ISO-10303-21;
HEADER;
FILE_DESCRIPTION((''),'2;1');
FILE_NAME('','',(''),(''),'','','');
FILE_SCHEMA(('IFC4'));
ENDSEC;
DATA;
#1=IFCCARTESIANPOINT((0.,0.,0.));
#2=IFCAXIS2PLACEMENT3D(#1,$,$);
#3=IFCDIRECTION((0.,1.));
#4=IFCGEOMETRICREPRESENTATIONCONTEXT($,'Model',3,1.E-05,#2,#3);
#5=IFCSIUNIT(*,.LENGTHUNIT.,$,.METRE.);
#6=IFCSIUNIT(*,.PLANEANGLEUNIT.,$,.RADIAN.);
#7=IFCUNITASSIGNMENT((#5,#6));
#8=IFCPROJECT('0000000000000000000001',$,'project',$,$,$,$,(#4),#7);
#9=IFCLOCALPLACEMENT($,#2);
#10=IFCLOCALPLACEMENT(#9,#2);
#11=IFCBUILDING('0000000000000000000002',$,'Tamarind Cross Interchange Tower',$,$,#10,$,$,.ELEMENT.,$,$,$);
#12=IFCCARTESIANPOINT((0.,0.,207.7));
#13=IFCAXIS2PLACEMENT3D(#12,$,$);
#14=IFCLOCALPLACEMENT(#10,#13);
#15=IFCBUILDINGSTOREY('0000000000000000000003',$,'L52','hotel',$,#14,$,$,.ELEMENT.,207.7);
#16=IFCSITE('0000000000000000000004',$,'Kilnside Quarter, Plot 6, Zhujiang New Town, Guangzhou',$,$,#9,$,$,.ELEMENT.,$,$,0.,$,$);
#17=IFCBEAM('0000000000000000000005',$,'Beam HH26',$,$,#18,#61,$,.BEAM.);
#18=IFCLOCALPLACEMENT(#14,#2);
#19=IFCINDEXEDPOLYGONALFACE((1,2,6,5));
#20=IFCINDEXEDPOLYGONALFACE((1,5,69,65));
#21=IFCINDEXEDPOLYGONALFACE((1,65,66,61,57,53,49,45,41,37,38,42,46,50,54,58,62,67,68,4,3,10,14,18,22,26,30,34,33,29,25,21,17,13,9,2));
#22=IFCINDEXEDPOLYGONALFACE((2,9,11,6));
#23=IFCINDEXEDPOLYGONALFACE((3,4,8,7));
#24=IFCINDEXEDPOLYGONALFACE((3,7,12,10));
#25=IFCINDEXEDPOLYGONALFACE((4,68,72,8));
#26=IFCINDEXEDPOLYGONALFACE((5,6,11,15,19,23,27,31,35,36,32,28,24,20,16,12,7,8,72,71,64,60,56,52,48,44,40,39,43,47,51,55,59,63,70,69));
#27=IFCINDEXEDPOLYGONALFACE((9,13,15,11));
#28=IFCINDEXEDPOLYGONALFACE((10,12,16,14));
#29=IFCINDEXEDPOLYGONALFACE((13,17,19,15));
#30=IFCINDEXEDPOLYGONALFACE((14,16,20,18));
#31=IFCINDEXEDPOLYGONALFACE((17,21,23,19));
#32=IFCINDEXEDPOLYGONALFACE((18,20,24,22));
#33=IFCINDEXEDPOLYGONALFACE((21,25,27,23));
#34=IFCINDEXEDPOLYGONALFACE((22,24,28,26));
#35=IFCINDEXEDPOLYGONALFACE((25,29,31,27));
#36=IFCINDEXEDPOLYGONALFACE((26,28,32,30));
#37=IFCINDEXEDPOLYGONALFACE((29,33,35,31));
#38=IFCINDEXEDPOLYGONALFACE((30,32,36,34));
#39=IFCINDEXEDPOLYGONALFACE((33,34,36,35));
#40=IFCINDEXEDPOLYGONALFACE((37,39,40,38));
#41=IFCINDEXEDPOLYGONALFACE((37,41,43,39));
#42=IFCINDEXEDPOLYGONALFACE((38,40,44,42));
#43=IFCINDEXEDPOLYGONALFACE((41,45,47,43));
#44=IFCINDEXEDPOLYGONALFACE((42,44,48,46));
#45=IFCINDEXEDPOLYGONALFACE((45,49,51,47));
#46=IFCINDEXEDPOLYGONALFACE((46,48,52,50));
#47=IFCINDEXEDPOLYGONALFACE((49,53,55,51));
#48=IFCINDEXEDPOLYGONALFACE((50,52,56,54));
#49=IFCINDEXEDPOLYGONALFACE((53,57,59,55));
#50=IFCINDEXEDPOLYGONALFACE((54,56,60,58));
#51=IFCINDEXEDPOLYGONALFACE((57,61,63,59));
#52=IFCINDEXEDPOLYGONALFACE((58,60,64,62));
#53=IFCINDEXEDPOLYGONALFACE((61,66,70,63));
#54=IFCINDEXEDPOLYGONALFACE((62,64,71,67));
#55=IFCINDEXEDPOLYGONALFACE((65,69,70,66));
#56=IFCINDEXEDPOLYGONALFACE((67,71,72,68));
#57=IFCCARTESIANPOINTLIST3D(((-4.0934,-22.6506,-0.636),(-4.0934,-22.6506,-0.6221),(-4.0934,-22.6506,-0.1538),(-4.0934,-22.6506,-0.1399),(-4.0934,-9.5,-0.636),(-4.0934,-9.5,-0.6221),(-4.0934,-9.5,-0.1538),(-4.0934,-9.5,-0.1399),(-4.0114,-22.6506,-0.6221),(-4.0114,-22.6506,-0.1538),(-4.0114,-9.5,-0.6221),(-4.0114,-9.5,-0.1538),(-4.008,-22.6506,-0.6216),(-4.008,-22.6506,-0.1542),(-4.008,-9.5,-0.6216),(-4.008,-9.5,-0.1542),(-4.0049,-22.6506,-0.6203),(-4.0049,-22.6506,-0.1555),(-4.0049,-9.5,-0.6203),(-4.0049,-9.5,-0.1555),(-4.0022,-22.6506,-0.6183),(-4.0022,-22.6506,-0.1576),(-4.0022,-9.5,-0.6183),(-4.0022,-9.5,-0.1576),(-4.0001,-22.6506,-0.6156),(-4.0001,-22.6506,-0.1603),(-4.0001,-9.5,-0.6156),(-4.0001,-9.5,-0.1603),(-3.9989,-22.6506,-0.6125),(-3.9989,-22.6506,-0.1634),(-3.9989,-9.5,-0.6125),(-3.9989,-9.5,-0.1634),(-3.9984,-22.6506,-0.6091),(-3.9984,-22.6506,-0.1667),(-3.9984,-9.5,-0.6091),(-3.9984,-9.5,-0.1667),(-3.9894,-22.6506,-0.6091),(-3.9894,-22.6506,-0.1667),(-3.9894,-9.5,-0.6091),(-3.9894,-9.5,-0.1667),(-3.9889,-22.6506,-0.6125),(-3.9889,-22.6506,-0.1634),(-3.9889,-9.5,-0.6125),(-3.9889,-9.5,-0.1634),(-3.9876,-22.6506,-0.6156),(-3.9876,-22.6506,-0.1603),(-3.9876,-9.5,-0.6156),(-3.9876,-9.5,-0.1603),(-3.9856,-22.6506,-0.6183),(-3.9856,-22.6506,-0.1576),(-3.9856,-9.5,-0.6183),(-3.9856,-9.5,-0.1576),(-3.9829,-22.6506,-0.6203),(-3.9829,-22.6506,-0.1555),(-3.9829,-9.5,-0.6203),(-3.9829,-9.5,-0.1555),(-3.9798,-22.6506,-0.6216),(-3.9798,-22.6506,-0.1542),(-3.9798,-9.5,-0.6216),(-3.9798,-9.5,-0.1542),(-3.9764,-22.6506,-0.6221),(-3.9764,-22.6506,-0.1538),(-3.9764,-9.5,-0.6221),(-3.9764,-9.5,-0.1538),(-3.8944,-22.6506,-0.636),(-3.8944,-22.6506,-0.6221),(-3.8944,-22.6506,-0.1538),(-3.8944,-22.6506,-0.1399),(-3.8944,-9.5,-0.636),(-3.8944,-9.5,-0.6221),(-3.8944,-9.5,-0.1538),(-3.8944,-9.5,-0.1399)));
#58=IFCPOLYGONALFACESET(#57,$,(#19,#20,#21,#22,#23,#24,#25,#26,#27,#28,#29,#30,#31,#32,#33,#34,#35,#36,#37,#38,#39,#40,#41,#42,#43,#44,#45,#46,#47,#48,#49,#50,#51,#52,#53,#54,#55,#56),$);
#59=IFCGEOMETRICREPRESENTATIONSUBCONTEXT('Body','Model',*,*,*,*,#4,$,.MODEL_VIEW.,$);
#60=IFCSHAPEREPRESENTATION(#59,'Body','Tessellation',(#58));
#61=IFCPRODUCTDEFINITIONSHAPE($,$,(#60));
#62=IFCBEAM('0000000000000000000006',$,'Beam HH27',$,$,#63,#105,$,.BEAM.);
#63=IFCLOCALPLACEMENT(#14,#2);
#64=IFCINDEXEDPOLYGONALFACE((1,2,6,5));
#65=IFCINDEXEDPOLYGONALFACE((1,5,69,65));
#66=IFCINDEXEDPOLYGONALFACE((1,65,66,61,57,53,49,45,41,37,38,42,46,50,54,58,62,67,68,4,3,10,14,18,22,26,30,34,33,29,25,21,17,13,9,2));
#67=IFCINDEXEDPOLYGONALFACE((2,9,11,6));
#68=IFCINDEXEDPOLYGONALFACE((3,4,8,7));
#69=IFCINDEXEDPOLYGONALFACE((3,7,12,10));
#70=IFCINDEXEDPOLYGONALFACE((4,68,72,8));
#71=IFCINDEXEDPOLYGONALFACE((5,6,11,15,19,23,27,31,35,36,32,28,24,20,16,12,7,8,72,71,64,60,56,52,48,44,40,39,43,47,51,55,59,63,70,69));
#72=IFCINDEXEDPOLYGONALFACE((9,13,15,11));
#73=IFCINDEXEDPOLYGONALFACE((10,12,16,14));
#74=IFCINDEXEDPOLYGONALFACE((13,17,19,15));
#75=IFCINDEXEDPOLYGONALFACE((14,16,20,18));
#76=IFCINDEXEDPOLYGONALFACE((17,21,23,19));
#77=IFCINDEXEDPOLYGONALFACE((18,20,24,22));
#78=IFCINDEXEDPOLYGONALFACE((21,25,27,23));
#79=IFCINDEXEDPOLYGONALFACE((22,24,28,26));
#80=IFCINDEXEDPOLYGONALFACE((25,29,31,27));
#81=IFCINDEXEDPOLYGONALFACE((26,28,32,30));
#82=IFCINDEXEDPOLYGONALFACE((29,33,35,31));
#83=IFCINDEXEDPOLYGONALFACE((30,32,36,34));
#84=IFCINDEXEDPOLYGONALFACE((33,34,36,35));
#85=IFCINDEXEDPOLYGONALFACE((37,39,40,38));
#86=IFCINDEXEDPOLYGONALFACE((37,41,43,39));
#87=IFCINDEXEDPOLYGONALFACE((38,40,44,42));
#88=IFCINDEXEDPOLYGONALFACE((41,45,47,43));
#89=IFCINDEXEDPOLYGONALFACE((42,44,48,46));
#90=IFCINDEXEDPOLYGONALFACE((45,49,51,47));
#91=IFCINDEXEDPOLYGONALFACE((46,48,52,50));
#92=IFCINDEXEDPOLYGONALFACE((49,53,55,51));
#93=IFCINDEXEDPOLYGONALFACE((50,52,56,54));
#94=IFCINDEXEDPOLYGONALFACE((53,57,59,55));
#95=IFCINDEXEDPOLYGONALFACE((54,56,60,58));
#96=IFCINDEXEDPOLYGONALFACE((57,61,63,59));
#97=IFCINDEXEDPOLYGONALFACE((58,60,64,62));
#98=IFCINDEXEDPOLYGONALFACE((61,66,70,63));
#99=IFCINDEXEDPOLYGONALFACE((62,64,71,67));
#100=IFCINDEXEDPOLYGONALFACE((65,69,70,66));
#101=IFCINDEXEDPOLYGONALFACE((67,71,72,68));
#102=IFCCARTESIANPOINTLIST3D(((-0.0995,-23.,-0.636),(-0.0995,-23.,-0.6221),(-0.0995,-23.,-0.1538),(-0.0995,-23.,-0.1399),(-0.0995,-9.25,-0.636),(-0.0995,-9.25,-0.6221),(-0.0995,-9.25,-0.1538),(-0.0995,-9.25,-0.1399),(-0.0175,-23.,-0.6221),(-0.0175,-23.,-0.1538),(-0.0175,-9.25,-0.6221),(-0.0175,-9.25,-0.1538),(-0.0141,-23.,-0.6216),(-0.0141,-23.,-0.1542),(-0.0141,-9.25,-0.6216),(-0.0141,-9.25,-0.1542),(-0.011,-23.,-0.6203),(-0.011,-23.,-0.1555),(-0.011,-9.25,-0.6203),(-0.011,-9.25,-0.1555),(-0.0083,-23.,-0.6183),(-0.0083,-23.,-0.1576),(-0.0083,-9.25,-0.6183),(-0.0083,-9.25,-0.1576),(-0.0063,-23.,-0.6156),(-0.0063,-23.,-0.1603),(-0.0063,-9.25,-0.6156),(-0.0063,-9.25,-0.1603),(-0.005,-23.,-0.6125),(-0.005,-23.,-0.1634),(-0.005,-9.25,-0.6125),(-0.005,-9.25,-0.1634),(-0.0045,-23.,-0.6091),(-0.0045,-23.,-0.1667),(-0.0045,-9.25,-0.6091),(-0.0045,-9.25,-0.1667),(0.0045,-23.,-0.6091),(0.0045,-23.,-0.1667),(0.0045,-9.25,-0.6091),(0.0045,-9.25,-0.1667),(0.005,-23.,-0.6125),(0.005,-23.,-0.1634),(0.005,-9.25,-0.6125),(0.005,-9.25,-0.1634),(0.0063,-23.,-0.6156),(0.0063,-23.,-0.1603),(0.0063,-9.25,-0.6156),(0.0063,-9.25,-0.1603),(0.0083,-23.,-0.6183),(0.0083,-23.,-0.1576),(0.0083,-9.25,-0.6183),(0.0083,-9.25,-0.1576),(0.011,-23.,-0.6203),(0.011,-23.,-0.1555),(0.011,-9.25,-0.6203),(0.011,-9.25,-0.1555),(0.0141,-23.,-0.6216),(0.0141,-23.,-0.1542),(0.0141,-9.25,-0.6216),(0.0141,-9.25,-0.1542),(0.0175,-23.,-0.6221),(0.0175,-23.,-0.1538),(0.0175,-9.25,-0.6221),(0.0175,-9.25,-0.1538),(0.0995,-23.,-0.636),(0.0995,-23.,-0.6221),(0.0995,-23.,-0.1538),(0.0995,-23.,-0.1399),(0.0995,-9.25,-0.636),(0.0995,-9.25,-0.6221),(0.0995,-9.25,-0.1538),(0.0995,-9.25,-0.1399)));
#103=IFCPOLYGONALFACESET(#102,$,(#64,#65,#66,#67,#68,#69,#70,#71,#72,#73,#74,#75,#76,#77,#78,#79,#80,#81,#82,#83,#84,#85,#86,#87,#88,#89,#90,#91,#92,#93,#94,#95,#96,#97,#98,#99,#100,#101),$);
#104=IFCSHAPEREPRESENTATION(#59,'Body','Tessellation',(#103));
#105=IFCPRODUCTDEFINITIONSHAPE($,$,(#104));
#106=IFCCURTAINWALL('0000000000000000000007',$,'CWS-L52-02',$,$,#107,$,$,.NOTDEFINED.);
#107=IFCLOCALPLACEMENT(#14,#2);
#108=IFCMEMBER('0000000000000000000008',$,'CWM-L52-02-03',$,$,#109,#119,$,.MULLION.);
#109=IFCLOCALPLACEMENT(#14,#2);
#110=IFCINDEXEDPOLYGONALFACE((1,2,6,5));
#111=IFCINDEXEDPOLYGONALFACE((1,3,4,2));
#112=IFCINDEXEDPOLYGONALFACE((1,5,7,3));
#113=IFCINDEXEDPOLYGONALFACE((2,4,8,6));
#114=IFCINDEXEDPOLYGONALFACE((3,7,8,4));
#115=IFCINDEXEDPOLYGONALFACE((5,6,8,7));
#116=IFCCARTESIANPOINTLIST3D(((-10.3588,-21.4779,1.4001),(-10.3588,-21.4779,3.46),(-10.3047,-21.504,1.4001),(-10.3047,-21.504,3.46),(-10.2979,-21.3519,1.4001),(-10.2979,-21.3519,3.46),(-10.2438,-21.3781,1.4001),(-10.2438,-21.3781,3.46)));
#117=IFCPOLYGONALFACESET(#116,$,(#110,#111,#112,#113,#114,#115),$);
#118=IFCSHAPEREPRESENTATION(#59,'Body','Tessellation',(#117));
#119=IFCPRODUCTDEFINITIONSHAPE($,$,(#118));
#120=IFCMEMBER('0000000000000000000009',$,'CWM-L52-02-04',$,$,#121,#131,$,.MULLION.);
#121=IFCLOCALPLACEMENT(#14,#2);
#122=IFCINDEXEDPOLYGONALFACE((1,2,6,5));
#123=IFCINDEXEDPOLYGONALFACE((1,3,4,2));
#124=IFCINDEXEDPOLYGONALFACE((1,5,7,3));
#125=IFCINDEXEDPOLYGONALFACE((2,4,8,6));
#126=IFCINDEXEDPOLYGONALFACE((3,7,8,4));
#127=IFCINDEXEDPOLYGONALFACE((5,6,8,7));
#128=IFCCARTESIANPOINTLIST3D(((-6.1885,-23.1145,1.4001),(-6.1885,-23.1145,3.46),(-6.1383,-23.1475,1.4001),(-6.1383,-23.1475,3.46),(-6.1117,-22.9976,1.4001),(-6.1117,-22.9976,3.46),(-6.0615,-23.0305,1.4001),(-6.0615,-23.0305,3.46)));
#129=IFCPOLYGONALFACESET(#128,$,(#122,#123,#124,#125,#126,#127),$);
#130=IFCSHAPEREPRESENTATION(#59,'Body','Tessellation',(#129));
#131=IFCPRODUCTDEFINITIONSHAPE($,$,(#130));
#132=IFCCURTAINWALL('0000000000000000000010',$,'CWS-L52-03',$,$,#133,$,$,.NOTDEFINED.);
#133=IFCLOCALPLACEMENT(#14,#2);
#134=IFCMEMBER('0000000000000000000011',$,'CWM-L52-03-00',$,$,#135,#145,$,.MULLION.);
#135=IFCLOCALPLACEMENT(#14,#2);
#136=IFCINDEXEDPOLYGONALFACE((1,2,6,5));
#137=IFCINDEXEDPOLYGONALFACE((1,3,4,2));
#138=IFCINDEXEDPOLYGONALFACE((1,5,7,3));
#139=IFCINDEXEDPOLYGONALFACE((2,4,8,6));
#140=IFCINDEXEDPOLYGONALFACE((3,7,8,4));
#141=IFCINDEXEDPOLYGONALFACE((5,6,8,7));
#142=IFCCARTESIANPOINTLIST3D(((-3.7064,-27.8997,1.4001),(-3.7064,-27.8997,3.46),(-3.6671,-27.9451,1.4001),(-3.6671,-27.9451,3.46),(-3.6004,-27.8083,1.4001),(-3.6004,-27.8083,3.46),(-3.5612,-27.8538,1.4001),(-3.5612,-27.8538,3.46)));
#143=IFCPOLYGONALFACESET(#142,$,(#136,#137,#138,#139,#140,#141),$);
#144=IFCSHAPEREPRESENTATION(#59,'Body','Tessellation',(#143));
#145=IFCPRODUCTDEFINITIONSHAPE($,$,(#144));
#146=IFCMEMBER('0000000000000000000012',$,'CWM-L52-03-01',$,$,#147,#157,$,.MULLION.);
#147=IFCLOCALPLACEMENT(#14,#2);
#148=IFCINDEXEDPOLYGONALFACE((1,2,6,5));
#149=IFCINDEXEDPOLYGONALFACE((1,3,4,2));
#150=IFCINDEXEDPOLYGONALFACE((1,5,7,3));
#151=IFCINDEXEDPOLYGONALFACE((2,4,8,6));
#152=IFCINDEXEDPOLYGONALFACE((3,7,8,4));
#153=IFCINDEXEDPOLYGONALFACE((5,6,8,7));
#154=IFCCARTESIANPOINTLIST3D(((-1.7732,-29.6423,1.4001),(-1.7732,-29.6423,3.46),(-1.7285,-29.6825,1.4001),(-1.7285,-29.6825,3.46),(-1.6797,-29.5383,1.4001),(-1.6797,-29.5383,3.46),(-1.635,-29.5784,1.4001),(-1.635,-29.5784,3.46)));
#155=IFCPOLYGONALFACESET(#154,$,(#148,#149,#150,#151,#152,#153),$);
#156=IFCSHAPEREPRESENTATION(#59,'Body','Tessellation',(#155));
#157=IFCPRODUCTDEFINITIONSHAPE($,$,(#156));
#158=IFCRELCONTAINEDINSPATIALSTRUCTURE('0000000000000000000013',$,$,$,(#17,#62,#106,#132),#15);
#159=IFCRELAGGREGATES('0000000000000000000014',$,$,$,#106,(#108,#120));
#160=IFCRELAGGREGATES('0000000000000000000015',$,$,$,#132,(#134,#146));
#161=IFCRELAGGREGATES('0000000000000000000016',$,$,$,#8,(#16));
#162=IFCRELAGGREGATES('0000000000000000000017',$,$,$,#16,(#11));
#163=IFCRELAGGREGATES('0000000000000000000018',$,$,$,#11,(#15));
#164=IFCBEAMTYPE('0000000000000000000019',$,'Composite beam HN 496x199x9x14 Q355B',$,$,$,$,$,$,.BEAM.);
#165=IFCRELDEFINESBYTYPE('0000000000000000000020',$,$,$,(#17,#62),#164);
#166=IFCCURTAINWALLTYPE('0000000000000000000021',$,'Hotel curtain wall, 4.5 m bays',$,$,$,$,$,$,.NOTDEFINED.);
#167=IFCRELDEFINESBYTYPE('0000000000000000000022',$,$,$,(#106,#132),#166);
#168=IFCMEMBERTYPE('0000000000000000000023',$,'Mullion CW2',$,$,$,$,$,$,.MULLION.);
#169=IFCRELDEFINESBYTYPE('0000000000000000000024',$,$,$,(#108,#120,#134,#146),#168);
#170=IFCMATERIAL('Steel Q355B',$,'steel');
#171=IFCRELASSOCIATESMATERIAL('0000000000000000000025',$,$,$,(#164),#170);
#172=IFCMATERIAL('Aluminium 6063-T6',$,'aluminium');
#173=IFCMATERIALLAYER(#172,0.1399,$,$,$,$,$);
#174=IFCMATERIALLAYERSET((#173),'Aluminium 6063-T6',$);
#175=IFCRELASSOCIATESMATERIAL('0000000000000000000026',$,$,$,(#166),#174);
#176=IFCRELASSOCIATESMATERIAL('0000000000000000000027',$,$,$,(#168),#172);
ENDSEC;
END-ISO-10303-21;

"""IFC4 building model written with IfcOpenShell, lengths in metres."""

from ifc_helpers import new_model, si_unit, direction, frame, origin, origin_2d, place, context, subcontext, project, spatial, rectangle, i_section, extrude, material, layer, layer_set, material_profile, profile_set, type_object, element, aggregate, save


model = new_model("IFC4")

# Units and contexts
model_context = context("Model", 3, precision=1e-05, world=origin(), true_north=direction((0.0, 1.0)))
body_context = subcontext(model_context, "Body", "Model", "MODEL_VIEW")
ifc_project = project(units=[si_unit("LENGTHUNIT", "METRE"), si_unit("PLANEANGLEUNIT", "RADIAN")], contexts=[model_context])

# Site, building, storey
site_placement = place(None, origin())
site = spatial("IfcSite", under=ifc_project, at=site_placement, Name="Kilnside Quarter, Plot 6, Zhujiang New Town, Guangzhou", CompositionType="ELEMENT", RefElevation=0.0)
building_placement = place(site_placement, origin())
building = spatial("IfcBuilding", under=site, at=building_placement, Name="Tamarind Cross Interchange Tower", CompositionType="ELEMENT")
storey_placement = place(building_placement, frame((0.0, 0.0, 207.7)))
storey = spatial("IfcBuildingStorey", under=building, at=storey_placement, Name="L52", Description="hotel", CompositionType="ELEMENT", Elevation=207.7)

# Beams
ifc_material_1 = material(Name="Steel Q355B", Category="steel")
ifc_material_profile_1 = material_profile(ifc_material_1, i_section(OverallWidth=0.199, OverallDepth=0.4961, WebThickness=0.009, FlangeThickness=0.0139, FilletRadius=0.0129, at=origin_2d()), Name="HN 496x199x9x14")
ifc_profile_set_1 = profile_set([ifc_material_profile_1], Name="Steel Q355B")
beam_type = type_object("IfcBeamType", Name="Composite beam HN 496x199x9x14 Q355B", PredefinedType="BEAM", material=ifc_profile_set_1)
beam_1_placement = place(storey_placement, frame((-3.9939, -22.6506, -0.3879), z_axis=(0.0, 1.0, 0.0), x_axis=(-1.0, 0.0, 0.0)))
element("IfcBeam", 1, at=beam_1_placement, inside=storey, type_object=beam_type, Name="Beam HH26", PredefinedType="BEAM", context=body_context, shape_type="SweptSolid", body=[
    extrude(i_section(OverallWidth=0.199, OverallDepth=0.4961, WebThickness=0.009, FlangeThickness=0.0139, FilletRadius=0.0129, at=origin_2d()), origin(), (0.0, 0.0, 1.0), 13.1506),
])
beam_2_placement = place(storey_placement, frame((0.0, -23.0, -0.3879), z_axis=(0.0, 1.0, 0.0), x_axis=(-1.0, 0.0, 0.0)))
element("IfcBeam", 2, at=beam_2_placement, inside=storey, type_object=beam_type, Name="Beam HH27", PredefinedType="BEAM", context=body_context, shape_type="SweptSolid", body=[
    extrude(i_section(OverallWidth=0.199, OverallDepth=0.4961, WebThickness=0.009, FlangeThickness=0.0139, FilletRadius=0.0129, at=origin_2d()), origin(), (0.0, 0.0, 1.0), 13.75),
])

# Curtain walls, members
ifc_material_2 = material(Name="Aluminium 6063-T6", Category="aluminium")
ifc_layer_1 = layer(ifc_material_2, 0.1399)
ifc_layer_set_1 = layer_set([ifc_layer_1], Name="Aluminium 6063-T6")
curtain_wall_type = type_object("IfcCurtainWallType", Name="Hotel curtain wall, 4.5 m bays", PredefinedType="NOTDEFINED", material=ifc_layer_set_1)
curtain_wall_1_placement = place(storey_placement, origin())
curtain_wall_1 = element("IfcCurtainWall", 3, at=curtain_wall_1_placement, inside=storey, type_object=curtain_wall_type, Name="CWS-L52-02", PredefinedType="NOTDEFINED")
ifc_material_profile_2 = material_profile(ifc_material_2, rectangle(XDim=0.0601, YDim=0.1399, at=origin_2d()), Name="Mullion CW2")
ifc_profile_set_2 = profile_set([ifc_material_profile_2], Name="Aluminium 6063-T6")
member_type = type_object("IfcMemberType", Name="Mullion CW2", PredefinedType="MULLION", material=ifc_profile_set_2)
member_1_placement = place(storey_placement, frame((-10.3013, -21.428, 1.4001), z_axis=(0.0, 0.0, 1.0), x_axis=(0.900273, -0.435326, 0.0)))
member_1 = element("IfcMember", 4, at=member_1_placement, type_object=member_type, Name="CWM-L52-02-03", PredefinedType="MULLION", context=body_context, shape_type="SweptSolid", body=[
    extrude(rectangle(XDim=0.0601, YDim=0.1399, at=origin_2d()), origin(), (0.0, 0.0, 1.0), 2.0598),
])
member_2_placement = place(storey_placement, frame((-6.125, -23.0725, 1.4001), z_axis=(0.0, 0.0, 1.0), x_axis=(0.835753, -0.549105, 0.0)))
member_2 = element("IfcMember", 5, at=member_2_placement, type_object=member_type, Name="CWM-L52-02-04", PredefinedType="MULLION", context=body_context, shape_type="SweptSolid", body=[
    extrude(rectangle(XDim=0.0601, YDim=0.1399, at=origin_2d()), origin(), (0.0, 0.0, 1.0), 2.0598),
])
aggregate(curtain_wall_1, [member_1, member_2])
curtain_wall_2_placement = place(storey_placement, origin())
curtain_wall_2 = element("IfcCurtainWall", 6, at=curtain_wall_2_placement, inside=storey, type_object=curtain_wall_type, Name="CWS-L52-03", PredefinedType="NOTDEFINED")
member_3_placement = place(storey_placement, frame((-3.6338, -27.8767, 1.4001), z_axis=(0.0, 0.0, 1.0), x_axis=(0.653112, -0.757261, 0.0)))
member_3 = element("IfcMember", 7, at=member_3_placement, type_object=member_type, Name="CWM-L52-03-00", PredefinedType="MULLION", context=body_context, shape_type="SweptSolid", body=[
    extrude(rectangle(XDim=0.0601, YDim=0.1399, at=origin_2d()), origin(), (0.0, 0.0, 1.0), 2.0598),
])
member_4_placement = place(storey_placement, frame((-1.7041, -29.6104, 1.4001), z_axis=(0.0, 0.0, 1.0), x_axis=(0.743854, -0.668342, 0.0)))
member_4 = element("IfcMember", 8, at=member_4_placement, type_object=member_type, Name="CWM-L52-03-01", PredefinedType="MULLION", context=body_context, shape_type="SweptSolid", body=[
    extrude(rectangle(XDim=0.0601, YDim=0.1399, at=origin_2d()), origin(), (0.0, 0.0, 1.0), 2.0598),
])
aggregate(curtain_wall_2, [member_3, member_4])

save(model, "model.ifc")
